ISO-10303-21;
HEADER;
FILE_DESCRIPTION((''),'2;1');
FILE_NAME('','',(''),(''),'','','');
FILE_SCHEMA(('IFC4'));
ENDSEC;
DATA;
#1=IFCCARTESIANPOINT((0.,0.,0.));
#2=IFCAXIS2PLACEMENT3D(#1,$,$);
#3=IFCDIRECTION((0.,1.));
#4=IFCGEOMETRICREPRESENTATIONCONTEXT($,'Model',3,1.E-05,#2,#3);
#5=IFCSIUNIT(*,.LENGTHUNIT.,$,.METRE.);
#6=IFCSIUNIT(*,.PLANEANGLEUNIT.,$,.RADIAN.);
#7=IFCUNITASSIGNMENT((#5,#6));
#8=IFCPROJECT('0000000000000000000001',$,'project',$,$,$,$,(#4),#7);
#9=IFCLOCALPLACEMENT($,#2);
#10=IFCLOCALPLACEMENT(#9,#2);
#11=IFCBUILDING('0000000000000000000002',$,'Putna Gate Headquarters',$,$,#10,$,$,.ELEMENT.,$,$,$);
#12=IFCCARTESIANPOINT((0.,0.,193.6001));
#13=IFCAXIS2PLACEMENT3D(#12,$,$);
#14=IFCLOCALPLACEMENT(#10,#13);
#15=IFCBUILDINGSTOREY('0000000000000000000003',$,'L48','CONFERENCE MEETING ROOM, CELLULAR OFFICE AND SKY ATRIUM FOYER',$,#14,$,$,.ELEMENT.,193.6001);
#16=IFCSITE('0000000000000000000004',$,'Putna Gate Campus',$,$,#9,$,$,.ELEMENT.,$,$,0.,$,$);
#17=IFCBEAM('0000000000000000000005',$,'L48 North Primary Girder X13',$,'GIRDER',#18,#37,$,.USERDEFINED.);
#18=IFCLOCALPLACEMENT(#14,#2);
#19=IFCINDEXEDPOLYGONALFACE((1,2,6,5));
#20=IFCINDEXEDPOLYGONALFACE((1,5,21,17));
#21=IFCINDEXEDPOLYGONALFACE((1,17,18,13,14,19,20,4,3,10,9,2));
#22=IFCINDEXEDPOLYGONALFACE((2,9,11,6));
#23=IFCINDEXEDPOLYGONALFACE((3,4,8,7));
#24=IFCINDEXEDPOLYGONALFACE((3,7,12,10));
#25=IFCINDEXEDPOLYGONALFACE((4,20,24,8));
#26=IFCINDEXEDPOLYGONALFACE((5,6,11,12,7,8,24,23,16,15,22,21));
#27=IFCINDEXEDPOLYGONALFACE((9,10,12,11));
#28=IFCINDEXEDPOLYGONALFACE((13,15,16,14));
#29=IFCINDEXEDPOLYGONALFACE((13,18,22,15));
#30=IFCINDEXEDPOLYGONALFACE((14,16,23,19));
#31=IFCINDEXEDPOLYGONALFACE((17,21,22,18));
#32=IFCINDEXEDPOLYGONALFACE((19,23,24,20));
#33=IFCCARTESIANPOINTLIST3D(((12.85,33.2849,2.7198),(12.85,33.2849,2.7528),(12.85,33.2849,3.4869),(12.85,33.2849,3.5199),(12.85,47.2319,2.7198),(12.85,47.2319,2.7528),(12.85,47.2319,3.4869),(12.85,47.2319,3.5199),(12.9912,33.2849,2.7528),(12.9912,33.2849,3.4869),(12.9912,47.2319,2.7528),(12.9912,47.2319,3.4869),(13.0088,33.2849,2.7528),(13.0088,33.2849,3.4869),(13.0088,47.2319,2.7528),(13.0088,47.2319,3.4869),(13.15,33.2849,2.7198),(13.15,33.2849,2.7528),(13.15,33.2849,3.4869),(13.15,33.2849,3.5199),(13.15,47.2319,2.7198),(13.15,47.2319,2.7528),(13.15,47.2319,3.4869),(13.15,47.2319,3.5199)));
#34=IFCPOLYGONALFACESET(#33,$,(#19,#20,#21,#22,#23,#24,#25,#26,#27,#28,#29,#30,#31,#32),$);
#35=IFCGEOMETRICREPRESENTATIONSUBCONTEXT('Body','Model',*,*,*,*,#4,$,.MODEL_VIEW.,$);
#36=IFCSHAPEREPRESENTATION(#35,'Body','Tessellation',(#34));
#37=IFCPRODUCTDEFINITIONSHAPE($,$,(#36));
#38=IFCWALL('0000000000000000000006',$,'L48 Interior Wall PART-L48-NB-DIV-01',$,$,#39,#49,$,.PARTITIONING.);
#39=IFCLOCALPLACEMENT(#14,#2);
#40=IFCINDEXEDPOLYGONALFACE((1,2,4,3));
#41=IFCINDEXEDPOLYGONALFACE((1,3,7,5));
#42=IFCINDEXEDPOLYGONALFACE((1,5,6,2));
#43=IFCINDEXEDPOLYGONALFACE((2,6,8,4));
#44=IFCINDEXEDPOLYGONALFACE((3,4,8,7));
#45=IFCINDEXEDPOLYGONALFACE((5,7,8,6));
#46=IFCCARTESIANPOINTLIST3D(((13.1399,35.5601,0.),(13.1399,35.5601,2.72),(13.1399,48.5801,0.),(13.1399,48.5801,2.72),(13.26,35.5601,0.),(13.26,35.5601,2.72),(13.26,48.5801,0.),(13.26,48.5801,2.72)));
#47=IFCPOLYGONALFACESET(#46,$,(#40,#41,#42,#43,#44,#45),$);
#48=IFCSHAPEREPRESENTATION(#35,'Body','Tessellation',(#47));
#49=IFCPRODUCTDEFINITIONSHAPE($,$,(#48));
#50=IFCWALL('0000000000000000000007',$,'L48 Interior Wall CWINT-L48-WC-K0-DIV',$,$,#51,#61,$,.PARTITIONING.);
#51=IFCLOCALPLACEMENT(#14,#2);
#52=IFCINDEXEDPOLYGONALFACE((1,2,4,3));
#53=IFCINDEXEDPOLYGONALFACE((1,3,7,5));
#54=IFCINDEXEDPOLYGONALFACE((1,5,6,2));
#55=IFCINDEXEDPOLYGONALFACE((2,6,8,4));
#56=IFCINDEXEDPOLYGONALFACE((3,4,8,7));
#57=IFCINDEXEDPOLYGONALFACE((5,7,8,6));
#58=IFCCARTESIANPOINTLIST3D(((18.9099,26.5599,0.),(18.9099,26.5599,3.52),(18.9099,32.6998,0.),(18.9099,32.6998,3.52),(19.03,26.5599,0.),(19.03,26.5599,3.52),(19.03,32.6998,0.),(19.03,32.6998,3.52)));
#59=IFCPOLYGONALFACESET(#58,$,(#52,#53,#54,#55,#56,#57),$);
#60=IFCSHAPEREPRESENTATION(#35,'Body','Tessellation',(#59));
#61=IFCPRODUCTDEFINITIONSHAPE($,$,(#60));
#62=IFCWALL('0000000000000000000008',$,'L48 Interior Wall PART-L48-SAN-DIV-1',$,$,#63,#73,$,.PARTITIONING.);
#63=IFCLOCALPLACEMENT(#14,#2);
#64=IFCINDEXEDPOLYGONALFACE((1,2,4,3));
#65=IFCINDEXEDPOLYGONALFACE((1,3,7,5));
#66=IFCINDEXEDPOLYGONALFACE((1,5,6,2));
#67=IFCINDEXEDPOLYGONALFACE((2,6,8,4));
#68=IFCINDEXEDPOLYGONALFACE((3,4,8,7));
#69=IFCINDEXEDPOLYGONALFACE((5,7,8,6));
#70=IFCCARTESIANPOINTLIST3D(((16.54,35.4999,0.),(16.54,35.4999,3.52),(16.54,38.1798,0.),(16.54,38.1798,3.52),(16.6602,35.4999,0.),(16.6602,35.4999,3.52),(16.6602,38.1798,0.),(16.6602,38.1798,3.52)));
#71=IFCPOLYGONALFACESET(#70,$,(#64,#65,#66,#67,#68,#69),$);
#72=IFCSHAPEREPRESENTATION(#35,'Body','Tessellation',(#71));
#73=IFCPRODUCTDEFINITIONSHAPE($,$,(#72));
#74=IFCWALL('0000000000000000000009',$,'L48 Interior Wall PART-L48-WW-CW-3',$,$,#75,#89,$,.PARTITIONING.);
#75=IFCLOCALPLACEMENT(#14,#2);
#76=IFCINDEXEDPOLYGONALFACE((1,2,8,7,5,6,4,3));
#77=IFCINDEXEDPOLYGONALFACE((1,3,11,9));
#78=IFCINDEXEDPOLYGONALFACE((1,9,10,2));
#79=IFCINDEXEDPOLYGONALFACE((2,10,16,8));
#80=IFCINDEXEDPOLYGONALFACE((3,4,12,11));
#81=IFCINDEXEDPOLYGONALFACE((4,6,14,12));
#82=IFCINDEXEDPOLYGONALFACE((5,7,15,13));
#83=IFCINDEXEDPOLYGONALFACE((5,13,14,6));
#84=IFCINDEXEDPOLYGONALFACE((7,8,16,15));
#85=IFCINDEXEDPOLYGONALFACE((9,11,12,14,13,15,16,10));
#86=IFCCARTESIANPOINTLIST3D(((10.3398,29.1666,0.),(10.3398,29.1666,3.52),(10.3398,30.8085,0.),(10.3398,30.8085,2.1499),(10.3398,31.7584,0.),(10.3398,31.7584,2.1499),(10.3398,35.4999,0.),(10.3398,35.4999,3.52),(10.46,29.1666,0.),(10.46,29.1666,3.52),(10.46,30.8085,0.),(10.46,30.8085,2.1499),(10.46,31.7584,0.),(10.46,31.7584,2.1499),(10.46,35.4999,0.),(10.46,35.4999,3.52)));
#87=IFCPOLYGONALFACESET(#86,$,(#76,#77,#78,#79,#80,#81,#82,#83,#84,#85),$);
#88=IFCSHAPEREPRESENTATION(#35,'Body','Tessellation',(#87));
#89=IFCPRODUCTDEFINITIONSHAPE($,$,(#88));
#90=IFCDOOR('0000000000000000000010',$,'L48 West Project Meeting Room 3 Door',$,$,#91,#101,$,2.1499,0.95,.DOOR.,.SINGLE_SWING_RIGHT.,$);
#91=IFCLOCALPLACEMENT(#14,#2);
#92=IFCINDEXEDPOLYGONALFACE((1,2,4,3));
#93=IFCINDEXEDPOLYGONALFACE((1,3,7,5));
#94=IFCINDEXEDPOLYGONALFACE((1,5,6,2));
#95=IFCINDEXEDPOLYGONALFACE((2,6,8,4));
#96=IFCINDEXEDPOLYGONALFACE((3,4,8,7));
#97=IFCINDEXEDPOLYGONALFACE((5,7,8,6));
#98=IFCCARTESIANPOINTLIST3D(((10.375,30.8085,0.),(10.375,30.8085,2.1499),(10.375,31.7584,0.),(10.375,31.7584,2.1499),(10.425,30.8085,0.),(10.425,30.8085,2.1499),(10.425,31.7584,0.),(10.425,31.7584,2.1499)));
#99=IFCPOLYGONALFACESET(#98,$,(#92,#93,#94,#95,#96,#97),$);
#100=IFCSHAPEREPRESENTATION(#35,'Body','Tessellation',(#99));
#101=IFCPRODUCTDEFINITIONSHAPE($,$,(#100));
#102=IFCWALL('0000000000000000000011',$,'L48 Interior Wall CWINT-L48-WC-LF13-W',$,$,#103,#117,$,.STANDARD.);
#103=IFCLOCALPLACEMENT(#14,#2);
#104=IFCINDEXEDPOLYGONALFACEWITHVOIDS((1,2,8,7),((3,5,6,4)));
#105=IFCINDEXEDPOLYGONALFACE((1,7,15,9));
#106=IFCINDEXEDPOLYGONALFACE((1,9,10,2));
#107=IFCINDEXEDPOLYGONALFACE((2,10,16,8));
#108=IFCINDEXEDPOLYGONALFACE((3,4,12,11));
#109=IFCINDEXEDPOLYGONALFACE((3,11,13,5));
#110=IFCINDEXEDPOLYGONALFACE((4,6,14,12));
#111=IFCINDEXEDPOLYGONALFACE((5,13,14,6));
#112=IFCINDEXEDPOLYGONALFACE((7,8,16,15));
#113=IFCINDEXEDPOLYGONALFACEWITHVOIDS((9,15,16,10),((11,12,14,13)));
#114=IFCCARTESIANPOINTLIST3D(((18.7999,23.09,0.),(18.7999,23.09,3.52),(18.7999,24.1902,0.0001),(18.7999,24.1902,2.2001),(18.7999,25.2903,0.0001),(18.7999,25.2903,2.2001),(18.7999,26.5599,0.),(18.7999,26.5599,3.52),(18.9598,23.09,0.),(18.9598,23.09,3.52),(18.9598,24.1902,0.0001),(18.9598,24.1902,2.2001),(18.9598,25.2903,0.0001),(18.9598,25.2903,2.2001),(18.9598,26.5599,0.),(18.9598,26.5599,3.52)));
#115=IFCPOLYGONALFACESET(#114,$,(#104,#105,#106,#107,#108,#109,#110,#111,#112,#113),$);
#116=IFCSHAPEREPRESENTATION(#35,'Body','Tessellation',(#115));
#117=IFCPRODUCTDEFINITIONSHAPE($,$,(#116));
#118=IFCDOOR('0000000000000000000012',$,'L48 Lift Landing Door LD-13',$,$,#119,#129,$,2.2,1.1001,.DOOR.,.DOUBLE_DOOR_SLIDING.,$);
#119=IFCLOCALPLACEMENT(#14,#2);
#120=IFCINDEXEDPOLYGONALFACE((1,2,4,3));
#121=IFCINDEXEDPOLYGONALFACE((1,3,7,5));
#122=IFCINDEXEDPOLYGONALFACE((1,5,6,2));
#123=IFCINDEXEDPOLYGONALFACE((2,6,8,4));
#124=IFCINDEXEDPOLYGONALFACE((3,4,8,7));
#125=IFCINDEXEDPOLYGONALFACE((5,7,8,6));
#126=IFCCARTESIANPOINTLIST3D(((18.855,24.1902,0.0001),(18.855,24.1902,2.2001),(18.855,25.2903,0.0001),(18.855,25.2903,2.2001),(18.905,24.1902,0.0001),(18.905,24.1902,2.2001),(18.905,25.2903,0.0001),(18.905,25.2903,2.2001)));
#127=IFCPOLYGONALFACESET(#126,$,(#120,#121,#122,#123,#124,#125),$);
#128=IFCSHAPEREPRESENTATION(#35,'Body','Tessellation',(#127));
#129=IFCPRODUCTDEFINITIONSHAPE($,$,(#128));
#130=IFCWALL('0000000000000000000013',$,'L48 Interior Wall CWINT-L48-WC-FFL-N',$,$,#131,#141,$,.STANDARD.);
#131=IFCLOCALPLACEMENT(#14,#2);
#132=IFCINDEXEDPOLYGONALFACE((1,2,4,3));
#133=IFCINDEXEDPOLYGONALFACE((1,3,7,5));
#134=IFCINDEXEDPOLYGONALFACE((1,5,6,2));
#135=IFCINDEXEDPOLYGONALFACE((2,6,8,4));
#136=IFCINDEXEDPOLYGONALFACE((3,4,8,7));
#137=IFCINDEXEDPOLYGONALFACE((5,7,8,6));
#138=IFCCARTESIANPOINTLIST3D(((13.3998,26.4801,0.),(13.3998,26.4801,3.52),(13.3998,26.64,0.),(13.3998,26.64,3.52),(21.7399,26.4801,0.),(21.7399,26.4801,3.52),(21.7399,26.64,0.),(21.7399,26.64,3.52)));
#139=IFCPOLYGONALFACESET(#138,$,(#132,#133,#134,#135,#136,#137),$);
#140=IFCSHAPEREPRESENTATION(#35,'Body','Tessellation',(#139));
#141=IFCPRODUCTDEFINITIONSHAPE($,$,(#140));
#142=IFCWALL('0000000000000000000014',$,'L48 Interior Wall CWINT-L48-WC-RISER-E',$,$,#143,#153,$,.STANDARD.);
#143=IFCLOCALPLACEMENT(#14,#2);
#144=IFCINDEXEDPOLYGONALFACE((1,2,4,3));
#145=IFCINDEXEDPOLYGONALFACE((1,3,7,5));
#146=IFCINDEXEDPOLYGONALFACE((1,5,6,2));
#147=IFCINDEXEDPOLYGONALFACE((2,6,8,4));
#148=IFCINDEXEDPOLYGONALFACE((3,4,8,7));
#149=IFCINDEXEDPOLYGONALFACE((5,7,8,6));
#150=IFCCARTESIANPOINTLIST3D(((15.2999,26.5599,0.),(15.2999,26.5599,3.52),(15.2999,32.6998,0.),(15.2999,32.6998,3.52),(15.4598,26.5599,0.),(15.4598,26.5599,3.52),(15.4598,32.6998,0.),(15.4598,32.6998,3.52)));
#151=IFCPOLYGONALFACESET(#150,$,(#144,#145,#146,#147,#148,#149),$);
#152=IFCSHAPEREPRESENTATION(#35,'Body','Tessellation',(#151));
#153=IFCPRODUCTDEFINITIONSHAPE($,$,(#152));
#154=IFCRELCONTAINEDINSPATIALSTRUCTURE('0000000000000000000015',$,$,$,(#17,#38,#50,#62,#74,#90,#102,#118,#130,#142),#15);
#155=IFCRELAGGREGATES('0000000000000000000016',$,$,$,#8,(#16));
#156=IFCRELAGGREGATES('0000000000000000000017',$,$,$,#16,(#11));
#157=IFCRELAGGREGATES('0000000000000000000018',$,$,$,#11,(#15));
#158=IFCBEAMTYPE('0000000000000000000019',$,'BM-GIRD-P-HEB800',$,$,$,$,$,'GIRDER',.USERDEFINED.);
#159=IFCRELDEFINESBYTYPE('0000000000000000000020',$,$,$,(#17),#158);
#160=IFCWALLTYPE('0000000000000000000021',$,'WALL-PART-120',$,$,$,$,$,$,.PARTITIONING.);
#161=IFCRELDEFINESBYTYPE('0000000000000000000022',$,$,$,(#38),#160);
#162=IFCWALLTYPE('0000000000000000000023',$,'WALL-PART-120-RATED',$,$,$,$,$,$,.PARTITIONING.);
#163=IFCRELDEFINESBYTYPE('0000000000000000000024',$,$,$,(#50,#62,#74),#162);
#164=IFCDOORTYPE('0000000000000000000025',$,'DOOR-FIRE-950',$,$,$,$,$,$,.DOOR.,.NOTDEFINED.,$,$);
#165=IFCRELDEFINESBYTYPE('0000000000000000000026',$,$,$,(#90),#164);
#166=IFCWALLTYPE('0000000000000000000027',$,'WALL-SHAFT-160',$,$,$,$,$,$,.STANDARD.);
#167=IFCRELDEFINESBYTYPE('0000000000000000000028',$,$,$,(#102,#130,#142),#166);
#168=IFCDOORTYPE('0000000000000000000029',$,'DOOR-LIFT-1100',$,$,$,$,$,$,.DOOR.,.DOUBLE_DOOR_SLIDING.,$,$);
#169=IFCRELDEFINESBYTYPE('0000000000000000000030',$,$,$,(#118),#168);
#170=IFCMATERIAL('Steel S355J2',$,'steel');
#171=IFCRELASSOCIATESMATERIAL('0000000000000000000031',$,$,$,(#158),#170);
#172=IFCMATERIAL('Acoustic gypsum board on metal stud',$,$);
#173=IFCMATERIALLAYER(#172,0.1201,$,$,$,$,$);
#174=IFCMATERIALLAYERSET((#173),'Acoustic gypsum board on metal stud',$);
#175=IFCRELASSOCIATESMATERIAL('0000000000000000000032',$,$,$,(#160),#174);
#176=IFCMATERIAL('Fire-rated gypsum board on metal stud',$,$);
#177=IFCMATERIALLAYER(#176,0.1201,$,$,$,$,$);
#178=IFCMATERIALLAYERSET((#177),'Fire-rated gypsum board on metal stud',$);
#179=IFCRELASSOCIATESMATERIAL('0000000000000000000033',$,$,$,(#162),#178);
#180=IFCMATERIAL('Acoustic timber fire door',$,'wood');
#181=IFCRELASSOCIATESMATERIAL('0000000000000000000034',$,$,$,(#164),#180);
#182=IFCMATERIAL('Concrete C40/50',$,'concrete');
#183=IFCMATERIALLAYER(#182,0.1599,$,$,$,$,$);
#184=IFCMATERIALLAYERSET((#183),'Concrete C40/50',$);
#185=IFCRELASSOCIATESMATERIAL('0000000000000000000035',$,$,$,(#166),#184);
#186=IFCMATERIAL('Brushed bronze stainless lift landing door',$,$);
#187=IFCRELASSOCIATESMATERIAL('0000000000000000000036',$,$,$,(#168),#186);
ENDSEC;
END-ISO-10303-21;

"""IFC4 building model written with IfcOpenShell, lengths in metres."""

from ifc_helpers import new_model, si_unit, direction, frame, frame_2d, origin, origin_2d, place, context, subcontext, project, spatial, rectangle, i_section, extrude, material, layer, layer_set, material_profile, profile_set, type_object, element, fill, save


model = new_model("IFC4")

# Units and contexts
model_context = context("Model", 3, precision=1e-05, world=origin(), true_north=direction((0.0, 1.0)))
body_context = subcontext(model_context, "Body", "Model", "MODEL_VIEW")
ifc_project = project(units=[si_unit("LENGTHUNIT", "METRE"), si_unit("PLANEANGLEUNIT", "RADIAN")], contexts=[model_context])

# Site, building, storey
site_placement = place(None, origin())
site = spatial("IfcSite", under=ifc_project, at=site_placement, Name="Putna Gate Campus", CompositionType="ELEMENT", RefElevation=0.0)
building_placement = place(site_placement, origin())
building = spatial("IfcBuilding", under=site, at=building_placement, Name="Putna Gate Headquarters", CompositionType="ELEMENT")
storey_placement = place(building_placement, frame((0.0, 0.0, 193.6001)))
storey = spatial("IfcBuildingStorey", under=building, at=storey_placement, Name="L48", Description="CONFERENCE MEETING ROOM, CELLULAR OFFICE AND SKY ATRIUM FOYER", CompositionType="ELEMENT", Elevation=193.6001)

# Beam
ifc_material_1 = material(Name="Steel S355J2", Category="steel")
ifc_material_profile = material_profile(ifc_material_1, i_section(OverallWidth=0.3, OverallDepth=0.8, WebThickness=0.0176, FlangeThickness=0.033, at=origin_2d()), Name="Steel S355J2")
ifc_profile_set = profile_set([ifc_material_profile], Name="Steel S355J2")
beam_type = type_object("IfcBeamType", Name="BM-GIRD-P-HEB800", ElementType="GIRDER", PredefinedType="USERDEFINED", material=ifc_profile_set)
beam_placement = place(storey_placement, frame((13.0, 33.2849, 3.1199), z_axis=(0.0, 1.0, 0.0), x_axis=(-1.0, 0.0, 0.0)))
element("IfcBeam", 1, at=beam_placement, inside=storey, type_object=beam_type, Name="L48 North Primary Girder X13", ObjectType="GIRDER", PredefinedType="USERDEFINED", context=body_context, shape_type="SweptSolid", body=[
    extrude(i_section(OverallWidth=0.3, OverallDepth=0.8, WebThickness=0.0176, FlangeThickness=0.033, at=origin_2d()), origin(), (0.0, 0.0, 1.0), 13.947),
])

# Walls
ifc_material_2 = material(Name="Acoustic gypsum board on metal stud")
ifc_layer_1 = layer(ifc_material_2, 0.1201)
ifc_layer_set_1 = layer_set([ifc_layer_1], Name="Acoustic gypsum board on metal stud")
wall_type_1 = type_object("IfcWallType", Name="WALL-PART-120", PredefinedType="PARTITIONING", material=ifc_layer_set_1)
wall_1_placement = place(storey_placement, frame((13.2, 35.5601, 0.0), z_axis=(0.0, 0.0, 1.0), x_axis=(0.0, 1.0, 0.0)))
element("IfcWall", 2, at=wall_1_placement, inside=storey, type_object=wall_type_1, Name="L48 Interior Wall PART-L48-NB-DIV-01", PredefinedType="PARTITIONING", context=body_context, shape_type="SweptSolid", body=[
    extrude(rectangle(XDim=13.02, YDim=0.1201, at=frame_2d((6.51, 0.0))), origin(), (0.0, 0.0, 1.0), 2.72),
])
ifc_material_3 = material(Name="Fire-rated gypsum board on metal stud")
ifc_layer_2 = layer(ifc_material_3, 0.1201)
ifc_layer_set_2 = layer_set([ifc_layer_2], Name="Fire-rated gypsum board on metal stud")
wall_type_2 = type_object("IfcWallType", Name="WALL-PART-120-RATED", PredefinedType="PARTITIONING", material=ifc_layer_set_2)
wall_2_placement = place(storey_placement, frame((18.97, 26.5601, 0.0), z_axis=(0.0, 0.0, 1.0), x_axis=(0.0, 1.0, 0.0)))
element("IfcWall", 3, at=wall_2_placement, inside=storey, type_object=wall_type_2, Name="L48 Interior Wall CWINT-L48-WC-K0-DIV", PredefinedType="PARTITIONING", context=body_context, shape_type="SweptSolid", body=[
    extrude(rectangle(XDim=6.1399, YDim=0.1201, at=frame_2d((3.0698, 0.0))), origin(), (0.0, 0.0, 1.0), 3.52),
])

# Shared definitions
ifc_material_4 = material(Name="Acoustic timber fire door", Category="wood")
door_type_1 = type_object("IfcDoorType", Name="DOOR-FIRE-950", OperationType="NOTDEFINED", PredefinedType="DOOR", material=ifc_material_4)

# Wall
wall_3_placement = place(storey_placement, frame((16.6001, 35.5, 0.0), z_axis=(0.0, 0.0, 1.0), x_axis=(0.0, 1.0, 0.0)))
element("IfcWall", 4, at=wall_3_placement, inside=storey, type_object=wall_type_2, Name="L48 Interior Wall PART-L48-SAN-DIV-1", PredefinedType="PARTITIONING", context=body_context, shape_type="SweptSolid", body=[
    extrude(rectangle(XDim=2.6799, YDim=0.1201, at=frame_2d((1.3398, 0.0))), origin(), (0.0, 0.0, 1.0), 3.52),
])

# Walls, openings, doors
wall_4_placement = place(storey_placement, frame((10.3999, 29.1667, 0.0), z_axis=(0.0, 0.0, 1.0), x_axis=(0.0, 1.0, 0.0)))
wall_4 = element("IfcWall", 5, at=wall_4_placement, inside=storey, type_object=wall_type_2, Name="L48 Interior Wall PART-L48-WW-CW-3", PredefinedType="PARTITIONING", context=body_context, shape_type="SweptSolid", body=[
    extrude(rectangle(XDim=6.3333, YDim=0.1201, at=frame_2d((3.1665, 0.0))), origin(), (0.0, 0.0, 1.0), 3.52),
])
opening_1_placement = place(wall_4_placement, frame((1.6416, 0.0, 0.0)))
opening_1 = element("IfcOpeningElement", 6, at=opening_1_placement, cuts=wall_4, PredefinedType="OPENING", context=body_context, shape_type="SweptSolid", body=[
    extrude(rectangle(XDim=0.95, YDim=2.1499, at=frame_2d((0.4751, 1.075))), frame((0.0, 0.0701, 0.0), z_axis=(0.0, -1.0, 0.0), x_axis=(1.0, 0.0, 0.0)), (0.0, 0.0, 1.0), 0.1401),
])
door_1_placement = place(opening_1_placement, origin())
door_1 = element("IfcDoor", 7, at=door_1_placement, inside=storey, type_object=door_type_1, Name="L48 West Project Meeting Room 3 Door", OperationType="SINGLE_SWING_RIGHT", OverallHeight=2.1499, OverallWidth=0.95, PredefinedType="DOOR", context=body_context, shape_type="SweptSolid", body=[
    extrude(rectangle(XDim=0.95, YDim=2.1499, at=frame_2d((0.4751, 1.075))), frame((0.0, 0.0249, 0.0), z_axis=(0.0, -1.0, 0.0), x_axis=(1.0, 0.0, 0.0)), (0.0, 0.0, 1.0), 0.05),
])
fill(opening_1, door_1)
ifc_material_5 = material(Name="Concrete C40/50", Category="concrete")
ifc_layer_3 = layer(ifc_material_5, 0.1599)
ifc_layer_set_3 = layer_set([ifc_layer_3], Name="Concrete C40/50")
wall_type_3 = type_object("IfcWallType", Name="WALL-SHAFT-160", PredefinedType="STANDARD", material=ifc_layer_set_3)
wall_5_placement = place(storey_placement, frame((18.8799, 23.0901, 0.0), z_axis=(0.0, 0.0, 1.0), x_axis=(0.0, 1.0, 0.0)))
wall_5 = element("IfcWall", 8, at=wall_5_placement, inside=storey, type_object=wall_type_3, Name="L48 Interior Wall CWINT-L48-WC-LF13-W", PredefinedType="STANDARD", context=body_context, shape_type="SweptSolid", body=[
    extrude(rectangle(XDim=3.47, YDim=0.1599, at=frame_2d((1.7349, 0.0))), origin(), (0.0, 0.0, 1.0), 3.52),
])
opening_2_placement = place(wall_5_placement, frame((1.1001, 0.0, 0.0)))
opening_2 = element("IfcOpeningElement", 9, at=opening_2_placement, cuts=wall_5, PredefinedType="OPENING", context=body_context, shape_type="SweptSolid", body=[
    extrude(rectangle(XDim=1.1001, YDim=2.2, at=frame_2d((0.55, 1.1001))), frame((0.0, 0.0898, 0.0), z_axis=(0.0, -1.0, 0.0), x_axis=(1.0, 0.0, 0.0)), (0.0, 0.0, 1.0), 0.1799),
])
ifc_material_6 = material(Name="Brushed bronze stainless lift landing door")
door_type_2 = type_object("IfcDoorType", Name="DOOR-LIFT-1100", OperationType="DOUBLE_DOOR_SLIDING", PredefinedType="DOOR", material=ifc_material_6)
door_2_placement = place(opening_2_placement, origin())
door_2 = element("IfcDoor", 10, at=door_2_placement, inside=storey, type_object=door_type_2, Name="L48 Lift Landing Door LD-13", OperationType="DOUBLE_DOOR_SLIDING", OverallHeight=2.2, OverallWidth=1.1001, PredefinedType="DOOR", context=body_context, shape_type="SweptSolid", body=[
    extrude(rectangle(XDim=1.1001, YDim=2.2, at=frame_2d((0.55, 1.1001))), frame((0.0, 0.0249, 0.0), z_axis=(0.0, -1.0, 0.0), x_axis=(1.0, 0.0, 0.0)), (0.0, 0.0, 1.0), 0.05),
])
fill(opening_2, door_2)

# Walls
wall_6_placement = place(storey_placement, frame((13.3999, 26.5601, 0.0), z_axis=(0.0, 0.0, 1.0), x_axis=(1.0, 0.0, 0.0)))
element("IfcWall", 11, at=wall_6_placement, inside=storey, type_object=wall_type_3, Name="L48 Interior Wall CWINT-L48-WC-FFL-N", PredefinedType="STANDARD", context=body_context, shape_type="SweptSolid", body=[
    extrude(rectangle(XDim=8.3401, YDim=0.1599, at=frame_2d((4.1699, 0.0))), origin(), (0.0, 0.0, 1.0), 3.52),
])
wall_7_placement = place(storey_placement, frame((15.3799, 26.5601, 0.0), z_axis=(0.0, 0.0, 1.0), x_axis=(0.0, 1.0, 0.0)))
element("IfcWall", 12, at=wall_7_placement, inside=storey, type_object=wall_type_3, Name="L48 Interior Wall CWINT-L48-WC-RISER-E", PredefinedType="STANDARD", context=body_context, shape_type="SweptSolid", body=[
    extrude(rectangle(XDim=6.1399, YDim=0.1599, at=frame_2d((3.0698, 0.0))), origin(), (0.0, 0.0, 1.0), 3.52),
])

save(model, "model.ifc")
